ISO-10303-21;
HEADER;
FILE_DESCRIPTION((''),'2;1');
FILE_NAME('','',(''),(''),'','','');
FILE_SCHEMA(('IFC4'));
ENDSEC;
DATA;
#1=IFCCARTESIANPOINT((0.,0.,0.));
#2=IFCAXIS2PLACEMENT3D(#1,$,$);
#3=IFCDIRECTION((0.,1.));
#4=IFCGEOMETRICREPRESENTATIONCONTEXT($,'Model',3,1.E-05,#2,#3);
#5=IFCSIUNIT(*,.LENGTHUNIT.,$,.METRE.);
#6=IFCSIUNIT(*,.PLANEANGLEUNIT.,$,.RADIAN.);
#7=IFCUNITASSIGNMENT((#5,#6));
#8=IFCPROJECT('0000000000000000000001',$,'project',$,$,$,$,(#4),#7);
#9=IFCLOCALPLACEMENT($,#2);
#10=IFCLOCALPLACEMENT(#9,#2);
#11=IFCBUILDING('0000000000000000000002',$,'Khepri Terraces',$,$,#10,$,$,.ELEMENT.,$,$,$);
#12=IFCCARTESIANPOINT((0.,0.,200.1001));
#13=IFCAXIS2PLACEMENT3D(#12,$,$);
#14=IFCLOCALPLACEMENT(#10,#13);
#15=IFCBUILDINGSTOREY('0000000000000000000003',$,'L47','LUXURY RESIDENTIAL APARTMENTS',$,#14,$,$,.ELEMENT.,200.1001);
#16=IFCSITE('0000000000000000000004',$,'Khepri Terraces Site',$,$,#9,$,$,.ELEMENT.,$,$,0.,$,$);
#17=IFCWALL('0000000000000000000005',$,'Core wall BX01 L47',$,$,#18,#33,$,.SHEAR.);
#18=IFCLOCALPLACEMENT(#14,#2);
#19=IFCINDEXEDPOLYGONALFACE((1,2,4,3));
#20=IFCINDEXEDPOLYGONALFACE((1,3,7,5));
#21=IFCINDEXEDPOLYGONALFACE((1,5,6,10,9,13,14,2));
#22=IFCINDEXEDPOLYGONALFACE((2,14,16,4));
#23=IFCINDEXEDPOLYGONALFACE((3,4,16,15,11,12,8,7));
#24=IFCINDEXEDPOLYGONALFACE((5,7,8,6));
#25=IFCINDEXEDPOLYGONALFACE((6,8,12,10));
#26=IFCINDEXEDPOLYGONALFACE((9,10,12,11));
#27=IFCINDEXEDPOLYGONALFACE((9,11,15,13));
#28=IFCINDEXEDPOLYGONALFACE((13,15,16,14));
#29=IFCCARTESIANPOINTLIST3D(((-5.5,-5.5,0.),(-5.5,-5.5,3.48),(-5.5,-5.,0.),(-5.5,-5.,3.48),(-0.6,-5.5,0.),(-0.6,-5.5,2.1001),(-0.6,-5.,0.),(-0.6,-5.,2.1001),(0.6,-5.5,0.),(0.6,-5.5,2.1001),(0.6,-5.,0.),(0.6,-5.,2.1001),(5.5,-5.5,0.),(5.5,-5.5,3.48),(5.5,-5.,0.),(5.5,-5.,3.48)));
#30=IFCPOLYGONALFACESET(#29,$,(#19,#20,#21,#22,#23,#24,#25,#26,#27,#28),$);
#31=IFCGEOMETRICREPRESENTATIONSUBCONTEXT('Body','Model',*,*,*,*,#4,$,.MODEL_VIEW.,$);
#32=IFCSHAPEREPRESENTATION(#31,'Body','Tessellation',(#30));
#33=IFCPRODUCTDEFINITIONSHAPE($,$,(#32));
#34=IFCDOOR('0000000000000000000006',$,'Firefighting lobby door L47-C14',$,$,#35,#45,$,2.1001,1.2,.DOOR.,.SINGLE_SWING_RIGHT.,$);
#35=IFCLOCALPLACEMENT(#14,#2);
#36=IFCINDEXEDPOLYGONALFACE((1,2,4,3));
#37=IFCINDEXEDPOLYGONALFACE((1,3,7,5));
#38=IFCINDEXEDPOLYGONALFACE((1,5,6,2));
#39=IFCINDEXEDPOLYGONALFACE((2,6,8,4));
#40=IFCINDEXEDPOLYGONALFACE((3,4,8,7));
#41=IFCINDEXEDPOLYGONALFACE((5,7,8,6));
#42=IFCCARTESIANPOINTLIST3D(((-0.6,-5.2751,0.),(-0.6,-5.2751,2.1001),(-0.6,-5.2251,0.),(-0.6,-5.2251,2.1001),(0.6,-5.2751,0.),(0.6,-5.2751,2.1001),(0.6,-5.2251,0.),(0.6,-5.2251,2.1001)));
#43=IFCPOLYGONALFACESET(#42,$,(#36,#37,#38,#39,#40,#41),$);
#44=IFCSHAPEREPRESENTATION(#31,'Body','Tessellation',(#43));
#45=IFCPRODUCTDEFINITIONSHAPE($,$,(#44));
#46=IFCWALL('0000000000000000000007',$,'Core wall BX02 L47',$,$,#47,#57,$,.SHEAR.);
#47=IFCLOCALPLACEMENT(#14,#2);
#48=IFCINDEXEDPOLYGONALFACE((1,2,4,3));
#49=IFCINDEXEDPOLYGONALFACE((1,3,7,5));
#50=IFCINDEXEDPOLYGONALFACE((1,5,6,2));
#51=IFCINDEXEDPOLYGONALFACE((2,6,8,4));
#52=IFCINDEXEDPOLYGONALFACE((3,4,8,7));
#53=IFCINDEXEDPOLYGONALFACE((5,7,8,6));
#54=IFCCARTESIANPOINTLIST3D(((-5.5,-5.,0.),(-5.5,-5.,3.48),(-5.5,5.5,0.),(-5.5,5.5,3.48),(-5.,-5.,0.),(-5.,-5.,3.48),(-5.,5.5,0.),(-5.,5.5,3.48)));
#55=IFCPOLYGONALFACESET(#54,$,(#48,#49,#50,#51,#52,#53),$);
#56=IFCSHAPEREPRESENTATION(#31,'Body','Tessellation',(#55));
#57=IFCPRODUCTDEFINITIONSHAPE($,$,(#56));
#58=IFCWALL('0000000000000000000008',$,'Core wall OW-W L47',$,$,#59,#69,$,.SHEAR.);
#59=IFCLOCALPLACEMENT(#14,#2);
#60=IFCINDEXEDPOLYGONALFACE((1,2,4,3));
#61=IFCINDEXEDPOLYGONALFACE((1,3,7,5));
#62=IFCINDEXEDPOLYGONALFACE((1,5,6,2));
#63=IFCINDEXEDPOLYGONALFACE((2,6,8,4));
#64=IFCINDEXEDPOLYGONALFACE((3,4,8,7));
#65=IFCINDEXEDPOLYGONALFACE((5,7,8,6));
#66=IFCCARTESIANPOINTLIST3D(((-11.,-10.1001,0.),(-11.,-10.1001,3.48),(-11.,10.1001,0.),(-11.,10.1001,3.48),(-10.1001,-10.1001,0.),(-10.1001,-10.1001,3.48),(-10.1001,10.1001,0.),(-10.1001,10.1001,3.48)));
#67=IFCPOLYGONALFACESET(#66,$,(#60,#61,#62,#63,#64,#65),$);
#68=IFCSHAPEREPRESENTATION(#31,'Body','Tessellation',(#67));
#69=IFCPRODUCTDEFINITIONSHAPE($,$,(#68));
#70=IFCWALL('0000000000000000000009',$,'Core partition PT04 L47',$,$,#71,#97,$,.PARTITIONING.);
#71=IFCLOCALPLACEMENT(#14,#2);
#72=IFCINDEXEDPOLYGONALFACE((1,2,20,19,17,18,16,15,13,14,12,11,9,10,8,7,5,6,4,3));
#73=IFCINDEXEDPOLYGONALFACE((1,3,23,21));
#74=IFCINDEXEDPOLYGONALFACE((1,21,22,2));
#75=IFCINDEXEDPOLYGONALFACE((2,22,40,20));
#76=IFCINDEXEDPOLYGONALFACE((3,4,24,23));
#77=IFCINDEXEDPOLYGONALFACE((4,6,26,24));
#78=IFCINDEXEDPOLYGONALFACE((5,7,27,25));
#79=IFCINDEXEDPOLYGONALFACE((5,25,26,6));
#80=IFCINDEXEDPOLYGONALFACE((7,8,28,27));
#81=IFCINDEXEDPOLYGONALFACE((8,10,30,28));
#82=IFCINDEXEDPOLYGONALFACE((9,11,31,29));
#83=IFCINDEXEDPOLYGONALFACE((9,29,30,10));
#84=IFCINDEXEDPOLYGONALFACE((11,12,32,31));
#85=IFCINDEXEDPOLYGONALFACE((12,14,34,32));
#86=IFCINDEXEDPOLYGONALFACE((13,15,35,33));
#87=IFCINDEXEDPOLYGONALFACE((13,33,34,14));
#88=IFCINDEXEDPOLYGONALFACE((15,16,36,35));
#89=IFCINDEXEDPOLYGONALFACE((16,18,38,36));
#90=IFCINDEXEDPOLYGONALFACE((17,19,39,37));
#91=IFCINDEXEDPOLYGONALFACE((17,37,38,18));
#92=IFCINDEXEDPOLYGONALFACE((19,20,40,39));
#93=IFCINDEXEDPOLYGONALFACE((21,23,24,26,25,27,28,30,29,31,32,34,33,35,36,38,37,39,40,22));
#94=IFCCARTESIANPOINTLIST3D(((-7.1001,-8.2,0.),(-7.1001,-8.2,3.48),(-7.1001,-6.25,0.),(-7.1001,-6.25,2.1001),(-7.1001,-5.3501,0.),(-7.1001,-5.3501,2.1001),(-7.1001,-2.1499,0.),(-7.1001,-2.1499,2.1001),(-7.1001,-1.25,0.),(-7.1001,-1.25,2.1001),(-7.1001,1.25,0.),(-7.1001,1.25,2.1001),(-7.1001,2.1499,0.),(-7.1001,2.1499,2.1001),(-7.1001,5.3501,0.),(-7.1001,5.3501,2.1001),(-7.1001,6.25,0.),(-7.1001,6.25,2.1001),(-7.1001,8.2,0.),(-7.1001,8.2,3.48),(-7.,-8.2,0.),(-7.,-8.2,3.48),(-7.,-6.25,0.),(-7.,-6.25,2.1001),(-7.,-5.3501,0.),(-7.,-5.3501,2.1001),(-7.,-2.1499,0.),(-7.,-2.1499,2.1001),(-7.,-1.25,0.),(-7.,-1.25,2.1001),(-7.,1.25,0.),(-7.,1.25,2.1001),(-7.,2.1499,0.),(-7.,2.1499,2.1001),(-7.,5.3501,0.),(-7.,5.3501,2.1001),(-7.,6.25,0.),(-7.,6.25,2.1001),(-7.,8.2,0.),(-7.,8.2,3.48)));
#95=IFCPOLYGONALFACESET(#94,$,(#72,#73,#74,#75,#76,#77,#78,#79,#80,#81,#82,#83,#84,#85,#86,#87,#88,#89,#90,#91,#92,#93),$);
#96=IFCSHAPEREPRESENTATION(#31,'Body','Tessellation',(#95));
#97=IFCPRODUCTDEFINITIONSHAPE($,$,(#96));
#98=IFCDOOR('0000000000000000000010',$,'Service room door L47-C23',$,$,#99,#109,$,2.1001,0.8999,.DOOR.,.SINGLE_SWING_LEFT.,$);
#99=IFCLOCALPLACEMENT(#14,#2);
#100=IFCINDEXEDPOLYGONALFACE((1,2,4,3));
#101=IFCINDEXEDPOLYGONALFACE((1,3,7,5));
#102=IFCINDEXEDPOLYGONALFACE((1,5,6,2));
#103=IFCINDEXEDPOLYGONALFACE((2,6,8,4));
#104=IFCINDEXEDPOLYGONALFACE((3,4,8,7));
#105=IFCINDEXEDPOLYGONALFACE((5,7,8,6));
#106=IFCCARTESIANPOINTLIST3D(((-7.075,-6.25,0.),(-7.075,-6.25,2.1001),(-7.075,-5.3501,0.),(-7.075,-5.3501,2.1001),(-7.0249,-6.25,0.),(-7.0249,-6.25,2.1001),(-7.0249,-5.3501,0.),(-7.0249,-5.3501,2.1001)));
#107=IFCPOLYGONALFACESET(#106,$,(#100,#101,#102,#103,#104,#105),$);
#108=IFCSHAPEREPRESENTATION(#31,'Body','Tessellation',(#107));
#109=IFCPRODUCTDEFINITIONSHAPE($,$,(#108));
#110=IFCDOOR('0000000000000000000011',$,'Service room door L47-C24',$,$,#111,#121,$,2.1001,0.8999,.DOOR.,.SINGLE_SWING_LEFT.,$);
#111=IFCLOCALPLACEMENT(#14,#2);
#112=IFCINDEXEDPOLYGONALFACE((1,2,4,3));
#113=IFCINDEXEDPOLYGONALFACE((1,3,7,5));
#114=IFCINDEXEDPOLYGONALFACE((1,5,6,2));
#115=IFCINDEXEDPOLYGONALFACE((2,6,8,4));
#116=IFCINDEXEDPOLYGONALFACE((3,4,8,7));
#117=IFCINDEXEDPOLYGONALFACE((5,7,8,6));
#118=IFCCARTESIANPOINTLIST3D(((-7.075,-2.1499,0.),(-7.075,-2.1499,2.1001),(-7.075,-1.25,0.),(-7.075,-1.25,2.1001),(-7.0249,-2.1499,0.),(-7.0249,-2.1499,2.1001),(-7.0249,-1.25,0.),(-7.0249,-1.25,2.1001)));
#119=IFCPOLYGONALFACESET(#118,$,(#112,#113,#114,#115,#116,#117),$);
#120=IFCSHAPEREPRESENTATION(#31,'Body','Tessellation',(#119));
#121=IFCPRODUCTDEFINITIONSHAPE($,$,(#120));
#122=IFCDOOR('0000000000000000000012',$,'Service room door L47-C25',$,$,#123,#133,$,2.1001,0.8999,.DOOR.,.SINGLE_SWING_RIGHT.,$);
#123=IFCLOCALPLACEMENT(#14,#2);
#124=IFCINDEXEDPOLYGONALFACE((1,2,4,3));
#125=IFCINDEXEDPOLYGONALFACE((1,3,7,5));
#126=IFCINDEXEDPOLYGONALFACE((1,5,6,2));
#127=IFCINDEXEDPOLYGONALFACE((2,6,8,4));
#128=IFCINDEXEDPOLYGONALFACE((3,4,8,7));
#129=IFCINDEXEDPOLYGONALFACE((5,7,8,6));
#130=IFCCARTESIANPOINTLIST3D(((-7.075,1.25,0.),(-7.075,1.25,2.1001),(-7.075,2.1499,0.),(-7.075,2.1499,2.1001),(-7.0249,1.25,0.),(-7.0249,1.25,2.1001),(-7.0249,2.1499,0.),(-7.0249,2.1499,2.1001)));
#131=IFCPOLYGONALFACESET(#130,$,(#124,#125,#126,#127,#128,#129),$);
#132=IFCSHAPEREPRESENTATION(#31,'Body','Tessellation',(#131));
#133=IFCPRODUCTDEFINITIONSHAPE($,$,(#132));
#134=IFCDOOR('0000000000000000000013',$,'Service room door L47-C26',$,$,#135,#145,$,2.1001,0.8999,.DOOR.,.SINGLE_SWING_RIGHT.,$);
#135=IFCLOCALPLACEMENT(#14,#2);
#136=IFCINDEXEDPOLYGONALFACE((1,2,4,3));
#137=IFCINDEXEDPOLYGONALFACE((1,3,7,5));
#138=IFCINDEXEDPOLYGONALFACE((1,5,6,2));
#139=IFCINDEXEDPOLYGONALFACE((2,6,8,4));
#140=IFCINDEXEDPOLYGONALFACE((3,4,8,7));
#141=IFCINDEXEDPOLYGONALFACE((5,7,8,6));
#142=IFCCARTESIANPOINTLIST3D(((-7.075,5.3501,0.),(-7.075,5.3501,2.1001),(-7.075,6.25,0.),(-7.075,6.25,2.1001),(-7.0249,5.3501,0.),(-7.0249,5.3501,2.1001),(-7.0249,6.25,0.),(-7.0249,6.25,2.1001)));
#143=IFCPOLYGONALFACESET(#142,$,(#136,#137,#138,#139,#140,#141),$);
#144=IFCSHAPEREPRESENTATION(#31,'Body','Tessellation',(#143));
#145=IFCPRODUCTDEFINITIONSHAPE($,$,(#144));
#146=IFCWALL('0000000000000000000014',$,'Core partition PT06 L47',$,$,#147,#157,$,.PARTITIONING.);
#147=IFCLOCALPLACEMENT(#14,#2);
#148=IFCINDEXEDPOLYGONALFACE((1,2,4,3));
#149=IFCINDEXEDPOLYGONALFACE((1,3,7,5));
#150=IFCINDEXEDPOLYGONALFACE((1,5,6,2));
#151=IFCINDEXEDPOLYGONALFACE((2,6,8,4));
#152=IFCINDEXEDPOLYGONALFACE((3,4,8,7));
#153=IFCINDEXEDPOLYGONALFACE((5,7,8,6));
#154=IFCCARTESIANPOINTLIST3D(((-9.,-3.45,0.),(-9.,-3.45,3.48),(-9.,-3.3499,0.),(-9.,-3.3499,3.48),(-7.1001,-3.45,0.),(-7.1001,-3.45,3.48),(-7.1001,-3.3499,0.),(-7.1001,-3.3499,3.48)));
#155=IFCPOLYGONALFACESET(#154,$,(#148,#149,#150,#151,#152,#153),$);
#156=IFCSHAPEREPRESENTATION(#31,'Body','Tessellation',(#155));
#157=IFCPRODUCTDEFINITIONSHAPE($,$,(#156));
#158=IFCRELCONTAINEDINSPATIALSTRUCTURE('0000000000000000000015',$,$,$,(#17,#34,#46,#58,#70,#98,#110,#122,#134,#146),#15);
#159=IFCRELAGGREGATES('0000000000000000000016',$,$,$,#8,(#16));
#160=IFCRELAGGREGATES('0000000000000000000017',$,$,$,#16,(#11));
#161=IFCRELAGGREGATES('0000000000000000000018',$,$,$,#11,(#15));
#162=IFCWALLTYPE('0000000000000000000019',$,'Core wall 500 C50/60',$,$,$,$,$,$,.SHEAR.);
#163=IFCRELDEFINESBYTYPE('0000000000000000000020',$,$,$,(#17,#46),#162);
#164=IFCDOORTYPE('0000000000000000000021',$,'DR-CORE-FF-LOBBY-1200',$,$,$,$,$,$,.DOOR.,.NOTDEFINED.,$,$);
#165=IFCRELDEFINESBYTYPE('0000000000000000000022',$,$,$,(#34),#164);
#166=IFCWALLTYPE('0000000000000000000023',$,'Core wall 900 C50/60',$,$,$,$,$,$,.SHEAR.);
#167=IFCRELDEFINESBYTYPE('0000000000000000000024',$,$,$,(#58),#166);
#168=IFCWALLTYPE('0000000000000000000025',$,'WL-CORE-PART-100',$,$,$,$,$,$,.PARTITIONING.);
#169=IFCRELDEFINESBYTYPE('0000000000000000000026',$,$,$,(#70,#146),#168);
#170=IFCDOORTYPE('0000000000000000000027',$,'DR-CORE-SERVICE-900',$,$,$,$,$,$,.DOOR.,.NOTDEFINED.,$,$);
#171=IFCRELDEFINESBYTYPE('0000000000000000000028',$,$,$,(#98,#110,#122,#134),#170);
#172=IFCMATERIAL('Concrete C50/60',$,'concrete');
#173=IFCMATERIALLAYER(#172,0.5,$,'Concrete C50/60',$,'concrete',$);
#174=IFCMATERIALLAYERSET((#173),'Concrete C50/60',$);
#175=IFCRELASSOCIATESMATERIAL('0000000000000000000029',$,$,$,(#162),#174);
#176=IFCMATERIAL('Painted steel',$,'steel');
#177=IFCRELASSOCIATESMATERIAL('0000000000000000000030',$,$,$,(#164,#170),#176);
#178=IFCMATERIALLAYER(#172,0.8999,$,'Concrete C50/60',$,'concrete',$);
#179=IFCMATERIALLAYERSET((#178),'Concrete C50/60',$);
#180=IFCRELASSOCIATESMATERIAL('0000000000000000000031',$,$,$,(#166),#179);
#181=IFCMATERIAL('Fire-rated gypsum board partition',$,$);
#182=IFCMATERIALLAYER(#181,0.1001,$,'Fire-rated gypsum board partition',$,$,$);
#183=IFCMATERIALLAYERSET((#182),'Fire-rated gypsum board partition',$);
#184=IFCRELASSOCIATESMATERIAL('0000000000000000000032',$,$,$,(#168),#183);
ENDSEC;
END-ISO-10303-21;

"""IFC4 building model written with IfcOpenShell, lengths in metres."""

from ifc_helpers import new_model, si_unit, direction, frame, frame_2d, origin, place, context, subcontext, project, spatial, rectangle, extrude, material, layer, layer_set, type_object, element, fill, save


model = new_model("IFC4")

# Units and contexts
model_context = context("Model", 3, precision=1e-05, world=origin(), true_north=direction((0.0, 1.0)))
body_context = subcontext(model_context, "Body", "Model", "MODEL_VIEW")
ifc_project = project(units=[si_unit("LENGTHUNIT", "METRE"), si_unit("PLANEANGLEUNIT", "RADIAN")], contexts=[model_context])

# Site, building, storey
site_placement = place(None, origin())
site = spatial("IfcSite", under=ifc_project, at=site_placement, Name="Khepri Terraces Site", CompositionType="ELEMENT", RefElevation=0.0)
building_placement = place(site_placement, origin())
building = spatial("IfcBuilding", under=site, at=building_placement, Name="Khepri Terraces", CompositionType="ELEMENT")
storey_placement = place(building_placement, frame((0.0, 0.0, 200.1001)))
storey = spatial("IfcBuildingStorey", under=building, at=storey_placement, Name="L47", Description="LUXURY RESIDENTIAL APARTMENTS", CompositionType="ELEMENT", Elevation=200.1001)

# Shared definitions
ifc_material_1 = material(Name="Concrete C50/60", Category="concrete")

# Shared definitions
ifc_material_2 = material(Name="Painted steel", Category="steel")

# Wall, opening, door
ifc_layer_1 = layer(ifc_material_1, 0.5, Name="Concrete C50/60", Category="concrete")
ifc_layer_set_1 = layer_set([ifc_layer_1], Name="Concrete C50/60")
wall_type_1 = type_object("IfcWallType", Name="Core wall 500 C50/60", PredefinedType="SHEAR", material=ifc_layer_set_1)
wall_1_placement = place(storey_placement, frame((-5.5, -5.25, 0.0), z_axis=(0.0, 0.0, 1.0), x_axis=(1.0, 0.0, 0.0)))
wall_1 = element("IfcWall", 1, at=wall_1_placement, inside=storey, type_object=wall_type_1, Name="Core wall BX01 L47", PredefinedType="SHEAR", context=body_context, shape_type="SweptSolid", body=[
    extrude(rectangle(XDim=11.0, YDim=0.5, at=frame_2d((5.5, 0.0))), origin(), (0.0, 0.0, 1.0), 3.48),
])
opening_1_placement = place(wall_1_placement, frame((4.8999, 0.0, 0.0)))
opening_1 = element("IfcOpeningElement", 2, at=opening_1_placement, cuts=wall_1, PredefinedType="OPENING", context=body_context, shape_type="SweptSolid", body=[
    extrude(rectangle(XDim=1.2, YDim=2.1001, at=frame_2d((0.6001, 1.05))), frame((0.0, 0.26, 0.0), z_axis=(0.0, -1.0, 0.0), x_axis=(1.0, 0.0, 0.0)), (0.0, 0.0, 1.0), 0.52),
])
door_type_1 = type_object("IfcDoorType", Name="DR-CORE-FF-LOBBY-1200", OperationType="NOTDEFINED", PredefinedType="DOOR", material=ifc_material_2)
door_1_placement = place(opening_1_placement, origin())
door_1 = element("IfcDoor", 3, at=door_1_placement, inside=storey, type_object=door_type_1, Name="Firefighting lobby door L47-C14", OperationType="SINGLE_SWING_RIGHT", OverallHeight=2.1001, OverallWidth=1.2, PredefinedType="DOOR", context=body_context, shape_type="SweptSolid", body=[
    extrude(rectangle(XDim=1.2, YDim=2.1001, at=frame_2d((0.6001, 1.05))), frame((0.0, 0.0249, 0.0), z_axis=(0.0, -1.0, 0.0), x_axis=(1.0, 0.0, 0.0)), (0.0, 0.0, 1.0), 0.05),
])
fill(opening_1, door_1)

# Walls
wall_2_placement = place(storey_placement, frame((-5.25, -5.0, 0.0), z_axis=(0.0, 0.0, 1.0), x_axis=(0.0, 1.0, 0.0)))
element("IfcWall", 4, at=wall_2_placement, inside=storey, type_object=wall_type_1, Name="Core wall BX02 L47", PredefinedType="SHEAR", context=body_context, shape_type="SweptSolid", body=[
    extrude(rectangle(XDim=10.5, YDim=0.5, at=frame_2d((5.25, 0.0))), origin(), (0.0, 0.0, 1.0), 3.48),
])
ifc_layer_2 = layer(ifc_material_1, 0.8999, Name="Concrete C50/60", Category="concrete")
ifc_layer_set_2 = layer_set([ifc_layer_2], Name="Concrete C50/60")
wall_type_2 = type_object("IfcWallType", Name="Core wall 900 C50/60", PredefinedType="SHEAR", material=ifc_layer_set_2)
wall_3_placement = place(storey_placement, frame((-10.55, -10.1001, 0.0), z_axis=(0.0, 0.0, 1.0), x_axis=(0.0, 1.0, 0.0)))
element("IfcWall", 5, at=wall_3_placement, inside=storey, type_object=wall_type_2, Name="Core wall OW-W L47", PredefinedType="SHEAR", context=body_context, shape_type="SweptSolid", body=[
    extrude(rectangle(XDim=20.2002, YDim=0.8999, at=frame_2d((10.1001, 0.0))), origin(), (0.0, 0.0, 1.0), 3.48),
])

# Wall, openings, doors
ifc_material_3 = material(Name="Fire-rated gypsum board partition")
ifc_layer_3 = layer(ifc_material_3, 0.1001, Name="Fire-rated gypsum board partition")
ifc_layer_set_3 = layer_set([ifc_layer_3], Name="Fire-rated gypsum board partition")
wall_type_3 = type_object("IfcWallType", Name="WL-CORE-PART-100", PredefinedType="PARTITIONING", material=ifc_layer_set_3)
wall_4_placement = place(storey_placement, frame((-7.05, -8.2, 0.0), z_axis=(0.0, 0.0, 1.0), x_axis=(0.0, 1.0, 0.0)))
wall_4 = element("IfcWall", 6, at=wall_4_placement, inside=storey, type_object=wall_type_3, Name="Core partition PT04 L47", PredefinedType="PARTITIONING", context=body_context, shape_type="SweptSolid", body=[
    extrude(rectangle(XDim=16.3999, YDim=0.1001, at=frame_2d((8.2, 0.0))), origin(), (0.0, 0.0, 1.0), 3.48),
])
opening_2_placement = place(wall_4_placement, frame((1.95, 0.0, 0.0)))
opening_2 = element("IfcOpeningElement", 7, at=opening_2_placement, cuts=wall_4, PredefinedType="OPENING", context=body_context, shape_type="SweptSolid", body=[
    extrude(rectangle(XDim=0.8999, YDim=2.1001, at=frame_2d((0.45, 1.05))), frame((0.0, 0.0601, 0.0), z_axis=(0.0, -1.0, 0.0), x_axis=(1.0, 0.0, 0.0)), (0.0, 0.0, 1.0), 0.1201),
])
opening_3_placement = place(wall_4_placement, frame((6.05, 0.0, 0.0)))
opening_3 = element("IfcOpeningElement", 8, at=opening_3_placement, cuts=wall_4, PredefinedType="OPENING", context=body_context, shape_type="SweptSolid", body=[
    extrude(rectangle(XDim=0.8999, YDim=2.1001, at=frame_2d((0.45, 1.05))), frame((0.0, 0.0601, 0.0), z_axis=(0.0, -1.0, 0.0), x_axis=(1.0, 0.0, 0.0)), (0.0, 0.0, 1.0), 0.1201),
])
opening_4_placement = place(wall_4_placement, frame((9.45, 0.0, 0.0)))
opening_4 = element("IfcOpeningElement", 9, at=opening_4_placement, cuts=wall_4, PredefinedType="OPENING", context=body_context, shape_type="SweptSolid", body=[
    extrude(rectangle(XDim=0.8999, YDim=2.1001, at=frame_2d((0.45, 1.05))), frame((0.0, 0.0601, 0.0), z_axis=(0.0, -1.0, 0.0), x_axis=(1.0, 0.0, 0.0)), (0.0, 0.0, 1.0), 0.1201),
])
opening_5_placement = place(wall_4_placement, frame((13.55, 0.0, 0.0)))
opening_5 = element("IfcOpeningElement", 10, at=opening_5_placement, cuts=wall_4, PredefinedType="OPENING", context=body_context, shape_type="SweptSolid", body=[
    extrude(rectangle(XDim=0.8999, YDim=2.1001, at=frame_2d((0.45, 1.05))), frame((0.0, 0.0601, 0.0), z_axis=(0.0, -1.0, 0.0), x_axis=(1.0, 0.0, 0.0)), (0.0, 0.0, 1.0), 0.1201),
])
door_type_2 = type_object("IfcDoorType", Name="DR-CORE-SERVICE-900", OperationType="NOTDEFINED", PredefinedType="DOOR", material=ifc_material_2)
door_2_placement = place(opening_2_placement, origin())
door_2 = element("IfcDoor", 11, at=door_2_placement, inside=storey, type_object=door_type_2, Name="Service room door L47-C23", OperationType="SINGLE_SWING_LEFT", OverallHeight=2.1001, OverallWidth=0.8999, PredefinedType="DOOR", context=body_context, shape_type="SweptSolid", body=[
    extrude(rectangle(XDim=0.8999, YDim=2.1001, at=frame_2d((0.45, 1.05))), frame((0.0, 0.0249, 0.0), z_axis=(0.0, -1.0, 0.0), x_axis=(1.0, 0.0, 0.0)), (0.0, 0.0, 1.0), 0.05),
])
fill(opening_2, door_2)
door_3_placement = place(opening_3_placement, origin())
door_3 = element("IfcDoor", 12, at=door_3_placement, inside=storey, type_object=door_type_2, Name="Service room door L47-C24", OperationType="SINGLE_SWING_LEFT", OverallHeight=2.1001, OverallWidth=0.8999, PredefinedType="DOOR", context=body_context, shape_type="SweptSolid", body=[
    extrude(rectangle(XDim=0.8999, YDim=2.1001, at=frame_2d((0.45, 1.05))), frame((0.0, 0.0249, 0.0), z_axis=(0.0, -1.0, 0.0), x_axis=(1.0, 0.0, 0.0)), (0.0, 0.0, 1.0), 0.05),
])
fill(opening_3, door_3)
door_4_placement = place(opening_4_placement, origin())
door_4 = element("IfcDoor", 13, at=door_4_placement, inside=storey, type_object=door_type_2, Name="Service room door L47-C25", OperationType="SINGLE_SWING_RIGHT", OverallHeight=2.1001, OverallWidth=0.8999, PredefinedType="DOOR", context=body_context, shape_type="SweptSolid", body=[
    extrude(rectangle(XDim=0.8999, YDim=2.1001, at=frame_2d((0.45, 1.05))), frame((0.0, 0.0249, 0.0), z_axis=(0.0, -1.0, 0.0), x_axis=(1.0, 0.0, 0.0)), (0.0, 0.0, 1.0), 0.05),
])
fill(opening_4, door_4)
door_5_placement = place(opening_5_placement, origin())
door_5 = element("IfcDoor", 14, at=door_5_placement, inside=storey, type_object=door_type_2, Name="Service room door L47-C26", OperationType="SINGLE_SWING_RIGHT", OverallHeight=2.1001, OverallWidth=0.8999, PredefinedType="DOOR", context=body_context, shape_type="SweptSolid", body=[
    extrude(rectangle(XDim=0.8999, YDim=2.1001, at=frame_2d((0.45, 1.05))), frame((0.0, 0.0249, 0.0), z_axis=(0.0, -1.0, 0.0), x_axis=(1.0, 0.0, 0.0)), (0.0, 0.0, 1.0), 0.05),
])
fill(opening_5, door_5)

# Wall
wall_5_placement = place(storey_placement, frame((-9.0, -3.3999, 0.0), z_axis=(0.0, 0.0, 1.0), x_axis=(1.0, 0.0, 0.0)))
element("IfcWall", 15, at=wall_5_placement, inside=storey, type_object=wall_type_3, Name="Core partition PT06 L47", PredefinedType="PARTITIONING", context=body_context, shape_type="SweptSolid", body=[
    extrude(rectangle(XDim=1.8999, YDim=0.1001, at=frame_2d((0.95, 0.0))), origin(), (0.0, 0.0, 1.0), 3.48),
])

save(model, "model.ifc")
